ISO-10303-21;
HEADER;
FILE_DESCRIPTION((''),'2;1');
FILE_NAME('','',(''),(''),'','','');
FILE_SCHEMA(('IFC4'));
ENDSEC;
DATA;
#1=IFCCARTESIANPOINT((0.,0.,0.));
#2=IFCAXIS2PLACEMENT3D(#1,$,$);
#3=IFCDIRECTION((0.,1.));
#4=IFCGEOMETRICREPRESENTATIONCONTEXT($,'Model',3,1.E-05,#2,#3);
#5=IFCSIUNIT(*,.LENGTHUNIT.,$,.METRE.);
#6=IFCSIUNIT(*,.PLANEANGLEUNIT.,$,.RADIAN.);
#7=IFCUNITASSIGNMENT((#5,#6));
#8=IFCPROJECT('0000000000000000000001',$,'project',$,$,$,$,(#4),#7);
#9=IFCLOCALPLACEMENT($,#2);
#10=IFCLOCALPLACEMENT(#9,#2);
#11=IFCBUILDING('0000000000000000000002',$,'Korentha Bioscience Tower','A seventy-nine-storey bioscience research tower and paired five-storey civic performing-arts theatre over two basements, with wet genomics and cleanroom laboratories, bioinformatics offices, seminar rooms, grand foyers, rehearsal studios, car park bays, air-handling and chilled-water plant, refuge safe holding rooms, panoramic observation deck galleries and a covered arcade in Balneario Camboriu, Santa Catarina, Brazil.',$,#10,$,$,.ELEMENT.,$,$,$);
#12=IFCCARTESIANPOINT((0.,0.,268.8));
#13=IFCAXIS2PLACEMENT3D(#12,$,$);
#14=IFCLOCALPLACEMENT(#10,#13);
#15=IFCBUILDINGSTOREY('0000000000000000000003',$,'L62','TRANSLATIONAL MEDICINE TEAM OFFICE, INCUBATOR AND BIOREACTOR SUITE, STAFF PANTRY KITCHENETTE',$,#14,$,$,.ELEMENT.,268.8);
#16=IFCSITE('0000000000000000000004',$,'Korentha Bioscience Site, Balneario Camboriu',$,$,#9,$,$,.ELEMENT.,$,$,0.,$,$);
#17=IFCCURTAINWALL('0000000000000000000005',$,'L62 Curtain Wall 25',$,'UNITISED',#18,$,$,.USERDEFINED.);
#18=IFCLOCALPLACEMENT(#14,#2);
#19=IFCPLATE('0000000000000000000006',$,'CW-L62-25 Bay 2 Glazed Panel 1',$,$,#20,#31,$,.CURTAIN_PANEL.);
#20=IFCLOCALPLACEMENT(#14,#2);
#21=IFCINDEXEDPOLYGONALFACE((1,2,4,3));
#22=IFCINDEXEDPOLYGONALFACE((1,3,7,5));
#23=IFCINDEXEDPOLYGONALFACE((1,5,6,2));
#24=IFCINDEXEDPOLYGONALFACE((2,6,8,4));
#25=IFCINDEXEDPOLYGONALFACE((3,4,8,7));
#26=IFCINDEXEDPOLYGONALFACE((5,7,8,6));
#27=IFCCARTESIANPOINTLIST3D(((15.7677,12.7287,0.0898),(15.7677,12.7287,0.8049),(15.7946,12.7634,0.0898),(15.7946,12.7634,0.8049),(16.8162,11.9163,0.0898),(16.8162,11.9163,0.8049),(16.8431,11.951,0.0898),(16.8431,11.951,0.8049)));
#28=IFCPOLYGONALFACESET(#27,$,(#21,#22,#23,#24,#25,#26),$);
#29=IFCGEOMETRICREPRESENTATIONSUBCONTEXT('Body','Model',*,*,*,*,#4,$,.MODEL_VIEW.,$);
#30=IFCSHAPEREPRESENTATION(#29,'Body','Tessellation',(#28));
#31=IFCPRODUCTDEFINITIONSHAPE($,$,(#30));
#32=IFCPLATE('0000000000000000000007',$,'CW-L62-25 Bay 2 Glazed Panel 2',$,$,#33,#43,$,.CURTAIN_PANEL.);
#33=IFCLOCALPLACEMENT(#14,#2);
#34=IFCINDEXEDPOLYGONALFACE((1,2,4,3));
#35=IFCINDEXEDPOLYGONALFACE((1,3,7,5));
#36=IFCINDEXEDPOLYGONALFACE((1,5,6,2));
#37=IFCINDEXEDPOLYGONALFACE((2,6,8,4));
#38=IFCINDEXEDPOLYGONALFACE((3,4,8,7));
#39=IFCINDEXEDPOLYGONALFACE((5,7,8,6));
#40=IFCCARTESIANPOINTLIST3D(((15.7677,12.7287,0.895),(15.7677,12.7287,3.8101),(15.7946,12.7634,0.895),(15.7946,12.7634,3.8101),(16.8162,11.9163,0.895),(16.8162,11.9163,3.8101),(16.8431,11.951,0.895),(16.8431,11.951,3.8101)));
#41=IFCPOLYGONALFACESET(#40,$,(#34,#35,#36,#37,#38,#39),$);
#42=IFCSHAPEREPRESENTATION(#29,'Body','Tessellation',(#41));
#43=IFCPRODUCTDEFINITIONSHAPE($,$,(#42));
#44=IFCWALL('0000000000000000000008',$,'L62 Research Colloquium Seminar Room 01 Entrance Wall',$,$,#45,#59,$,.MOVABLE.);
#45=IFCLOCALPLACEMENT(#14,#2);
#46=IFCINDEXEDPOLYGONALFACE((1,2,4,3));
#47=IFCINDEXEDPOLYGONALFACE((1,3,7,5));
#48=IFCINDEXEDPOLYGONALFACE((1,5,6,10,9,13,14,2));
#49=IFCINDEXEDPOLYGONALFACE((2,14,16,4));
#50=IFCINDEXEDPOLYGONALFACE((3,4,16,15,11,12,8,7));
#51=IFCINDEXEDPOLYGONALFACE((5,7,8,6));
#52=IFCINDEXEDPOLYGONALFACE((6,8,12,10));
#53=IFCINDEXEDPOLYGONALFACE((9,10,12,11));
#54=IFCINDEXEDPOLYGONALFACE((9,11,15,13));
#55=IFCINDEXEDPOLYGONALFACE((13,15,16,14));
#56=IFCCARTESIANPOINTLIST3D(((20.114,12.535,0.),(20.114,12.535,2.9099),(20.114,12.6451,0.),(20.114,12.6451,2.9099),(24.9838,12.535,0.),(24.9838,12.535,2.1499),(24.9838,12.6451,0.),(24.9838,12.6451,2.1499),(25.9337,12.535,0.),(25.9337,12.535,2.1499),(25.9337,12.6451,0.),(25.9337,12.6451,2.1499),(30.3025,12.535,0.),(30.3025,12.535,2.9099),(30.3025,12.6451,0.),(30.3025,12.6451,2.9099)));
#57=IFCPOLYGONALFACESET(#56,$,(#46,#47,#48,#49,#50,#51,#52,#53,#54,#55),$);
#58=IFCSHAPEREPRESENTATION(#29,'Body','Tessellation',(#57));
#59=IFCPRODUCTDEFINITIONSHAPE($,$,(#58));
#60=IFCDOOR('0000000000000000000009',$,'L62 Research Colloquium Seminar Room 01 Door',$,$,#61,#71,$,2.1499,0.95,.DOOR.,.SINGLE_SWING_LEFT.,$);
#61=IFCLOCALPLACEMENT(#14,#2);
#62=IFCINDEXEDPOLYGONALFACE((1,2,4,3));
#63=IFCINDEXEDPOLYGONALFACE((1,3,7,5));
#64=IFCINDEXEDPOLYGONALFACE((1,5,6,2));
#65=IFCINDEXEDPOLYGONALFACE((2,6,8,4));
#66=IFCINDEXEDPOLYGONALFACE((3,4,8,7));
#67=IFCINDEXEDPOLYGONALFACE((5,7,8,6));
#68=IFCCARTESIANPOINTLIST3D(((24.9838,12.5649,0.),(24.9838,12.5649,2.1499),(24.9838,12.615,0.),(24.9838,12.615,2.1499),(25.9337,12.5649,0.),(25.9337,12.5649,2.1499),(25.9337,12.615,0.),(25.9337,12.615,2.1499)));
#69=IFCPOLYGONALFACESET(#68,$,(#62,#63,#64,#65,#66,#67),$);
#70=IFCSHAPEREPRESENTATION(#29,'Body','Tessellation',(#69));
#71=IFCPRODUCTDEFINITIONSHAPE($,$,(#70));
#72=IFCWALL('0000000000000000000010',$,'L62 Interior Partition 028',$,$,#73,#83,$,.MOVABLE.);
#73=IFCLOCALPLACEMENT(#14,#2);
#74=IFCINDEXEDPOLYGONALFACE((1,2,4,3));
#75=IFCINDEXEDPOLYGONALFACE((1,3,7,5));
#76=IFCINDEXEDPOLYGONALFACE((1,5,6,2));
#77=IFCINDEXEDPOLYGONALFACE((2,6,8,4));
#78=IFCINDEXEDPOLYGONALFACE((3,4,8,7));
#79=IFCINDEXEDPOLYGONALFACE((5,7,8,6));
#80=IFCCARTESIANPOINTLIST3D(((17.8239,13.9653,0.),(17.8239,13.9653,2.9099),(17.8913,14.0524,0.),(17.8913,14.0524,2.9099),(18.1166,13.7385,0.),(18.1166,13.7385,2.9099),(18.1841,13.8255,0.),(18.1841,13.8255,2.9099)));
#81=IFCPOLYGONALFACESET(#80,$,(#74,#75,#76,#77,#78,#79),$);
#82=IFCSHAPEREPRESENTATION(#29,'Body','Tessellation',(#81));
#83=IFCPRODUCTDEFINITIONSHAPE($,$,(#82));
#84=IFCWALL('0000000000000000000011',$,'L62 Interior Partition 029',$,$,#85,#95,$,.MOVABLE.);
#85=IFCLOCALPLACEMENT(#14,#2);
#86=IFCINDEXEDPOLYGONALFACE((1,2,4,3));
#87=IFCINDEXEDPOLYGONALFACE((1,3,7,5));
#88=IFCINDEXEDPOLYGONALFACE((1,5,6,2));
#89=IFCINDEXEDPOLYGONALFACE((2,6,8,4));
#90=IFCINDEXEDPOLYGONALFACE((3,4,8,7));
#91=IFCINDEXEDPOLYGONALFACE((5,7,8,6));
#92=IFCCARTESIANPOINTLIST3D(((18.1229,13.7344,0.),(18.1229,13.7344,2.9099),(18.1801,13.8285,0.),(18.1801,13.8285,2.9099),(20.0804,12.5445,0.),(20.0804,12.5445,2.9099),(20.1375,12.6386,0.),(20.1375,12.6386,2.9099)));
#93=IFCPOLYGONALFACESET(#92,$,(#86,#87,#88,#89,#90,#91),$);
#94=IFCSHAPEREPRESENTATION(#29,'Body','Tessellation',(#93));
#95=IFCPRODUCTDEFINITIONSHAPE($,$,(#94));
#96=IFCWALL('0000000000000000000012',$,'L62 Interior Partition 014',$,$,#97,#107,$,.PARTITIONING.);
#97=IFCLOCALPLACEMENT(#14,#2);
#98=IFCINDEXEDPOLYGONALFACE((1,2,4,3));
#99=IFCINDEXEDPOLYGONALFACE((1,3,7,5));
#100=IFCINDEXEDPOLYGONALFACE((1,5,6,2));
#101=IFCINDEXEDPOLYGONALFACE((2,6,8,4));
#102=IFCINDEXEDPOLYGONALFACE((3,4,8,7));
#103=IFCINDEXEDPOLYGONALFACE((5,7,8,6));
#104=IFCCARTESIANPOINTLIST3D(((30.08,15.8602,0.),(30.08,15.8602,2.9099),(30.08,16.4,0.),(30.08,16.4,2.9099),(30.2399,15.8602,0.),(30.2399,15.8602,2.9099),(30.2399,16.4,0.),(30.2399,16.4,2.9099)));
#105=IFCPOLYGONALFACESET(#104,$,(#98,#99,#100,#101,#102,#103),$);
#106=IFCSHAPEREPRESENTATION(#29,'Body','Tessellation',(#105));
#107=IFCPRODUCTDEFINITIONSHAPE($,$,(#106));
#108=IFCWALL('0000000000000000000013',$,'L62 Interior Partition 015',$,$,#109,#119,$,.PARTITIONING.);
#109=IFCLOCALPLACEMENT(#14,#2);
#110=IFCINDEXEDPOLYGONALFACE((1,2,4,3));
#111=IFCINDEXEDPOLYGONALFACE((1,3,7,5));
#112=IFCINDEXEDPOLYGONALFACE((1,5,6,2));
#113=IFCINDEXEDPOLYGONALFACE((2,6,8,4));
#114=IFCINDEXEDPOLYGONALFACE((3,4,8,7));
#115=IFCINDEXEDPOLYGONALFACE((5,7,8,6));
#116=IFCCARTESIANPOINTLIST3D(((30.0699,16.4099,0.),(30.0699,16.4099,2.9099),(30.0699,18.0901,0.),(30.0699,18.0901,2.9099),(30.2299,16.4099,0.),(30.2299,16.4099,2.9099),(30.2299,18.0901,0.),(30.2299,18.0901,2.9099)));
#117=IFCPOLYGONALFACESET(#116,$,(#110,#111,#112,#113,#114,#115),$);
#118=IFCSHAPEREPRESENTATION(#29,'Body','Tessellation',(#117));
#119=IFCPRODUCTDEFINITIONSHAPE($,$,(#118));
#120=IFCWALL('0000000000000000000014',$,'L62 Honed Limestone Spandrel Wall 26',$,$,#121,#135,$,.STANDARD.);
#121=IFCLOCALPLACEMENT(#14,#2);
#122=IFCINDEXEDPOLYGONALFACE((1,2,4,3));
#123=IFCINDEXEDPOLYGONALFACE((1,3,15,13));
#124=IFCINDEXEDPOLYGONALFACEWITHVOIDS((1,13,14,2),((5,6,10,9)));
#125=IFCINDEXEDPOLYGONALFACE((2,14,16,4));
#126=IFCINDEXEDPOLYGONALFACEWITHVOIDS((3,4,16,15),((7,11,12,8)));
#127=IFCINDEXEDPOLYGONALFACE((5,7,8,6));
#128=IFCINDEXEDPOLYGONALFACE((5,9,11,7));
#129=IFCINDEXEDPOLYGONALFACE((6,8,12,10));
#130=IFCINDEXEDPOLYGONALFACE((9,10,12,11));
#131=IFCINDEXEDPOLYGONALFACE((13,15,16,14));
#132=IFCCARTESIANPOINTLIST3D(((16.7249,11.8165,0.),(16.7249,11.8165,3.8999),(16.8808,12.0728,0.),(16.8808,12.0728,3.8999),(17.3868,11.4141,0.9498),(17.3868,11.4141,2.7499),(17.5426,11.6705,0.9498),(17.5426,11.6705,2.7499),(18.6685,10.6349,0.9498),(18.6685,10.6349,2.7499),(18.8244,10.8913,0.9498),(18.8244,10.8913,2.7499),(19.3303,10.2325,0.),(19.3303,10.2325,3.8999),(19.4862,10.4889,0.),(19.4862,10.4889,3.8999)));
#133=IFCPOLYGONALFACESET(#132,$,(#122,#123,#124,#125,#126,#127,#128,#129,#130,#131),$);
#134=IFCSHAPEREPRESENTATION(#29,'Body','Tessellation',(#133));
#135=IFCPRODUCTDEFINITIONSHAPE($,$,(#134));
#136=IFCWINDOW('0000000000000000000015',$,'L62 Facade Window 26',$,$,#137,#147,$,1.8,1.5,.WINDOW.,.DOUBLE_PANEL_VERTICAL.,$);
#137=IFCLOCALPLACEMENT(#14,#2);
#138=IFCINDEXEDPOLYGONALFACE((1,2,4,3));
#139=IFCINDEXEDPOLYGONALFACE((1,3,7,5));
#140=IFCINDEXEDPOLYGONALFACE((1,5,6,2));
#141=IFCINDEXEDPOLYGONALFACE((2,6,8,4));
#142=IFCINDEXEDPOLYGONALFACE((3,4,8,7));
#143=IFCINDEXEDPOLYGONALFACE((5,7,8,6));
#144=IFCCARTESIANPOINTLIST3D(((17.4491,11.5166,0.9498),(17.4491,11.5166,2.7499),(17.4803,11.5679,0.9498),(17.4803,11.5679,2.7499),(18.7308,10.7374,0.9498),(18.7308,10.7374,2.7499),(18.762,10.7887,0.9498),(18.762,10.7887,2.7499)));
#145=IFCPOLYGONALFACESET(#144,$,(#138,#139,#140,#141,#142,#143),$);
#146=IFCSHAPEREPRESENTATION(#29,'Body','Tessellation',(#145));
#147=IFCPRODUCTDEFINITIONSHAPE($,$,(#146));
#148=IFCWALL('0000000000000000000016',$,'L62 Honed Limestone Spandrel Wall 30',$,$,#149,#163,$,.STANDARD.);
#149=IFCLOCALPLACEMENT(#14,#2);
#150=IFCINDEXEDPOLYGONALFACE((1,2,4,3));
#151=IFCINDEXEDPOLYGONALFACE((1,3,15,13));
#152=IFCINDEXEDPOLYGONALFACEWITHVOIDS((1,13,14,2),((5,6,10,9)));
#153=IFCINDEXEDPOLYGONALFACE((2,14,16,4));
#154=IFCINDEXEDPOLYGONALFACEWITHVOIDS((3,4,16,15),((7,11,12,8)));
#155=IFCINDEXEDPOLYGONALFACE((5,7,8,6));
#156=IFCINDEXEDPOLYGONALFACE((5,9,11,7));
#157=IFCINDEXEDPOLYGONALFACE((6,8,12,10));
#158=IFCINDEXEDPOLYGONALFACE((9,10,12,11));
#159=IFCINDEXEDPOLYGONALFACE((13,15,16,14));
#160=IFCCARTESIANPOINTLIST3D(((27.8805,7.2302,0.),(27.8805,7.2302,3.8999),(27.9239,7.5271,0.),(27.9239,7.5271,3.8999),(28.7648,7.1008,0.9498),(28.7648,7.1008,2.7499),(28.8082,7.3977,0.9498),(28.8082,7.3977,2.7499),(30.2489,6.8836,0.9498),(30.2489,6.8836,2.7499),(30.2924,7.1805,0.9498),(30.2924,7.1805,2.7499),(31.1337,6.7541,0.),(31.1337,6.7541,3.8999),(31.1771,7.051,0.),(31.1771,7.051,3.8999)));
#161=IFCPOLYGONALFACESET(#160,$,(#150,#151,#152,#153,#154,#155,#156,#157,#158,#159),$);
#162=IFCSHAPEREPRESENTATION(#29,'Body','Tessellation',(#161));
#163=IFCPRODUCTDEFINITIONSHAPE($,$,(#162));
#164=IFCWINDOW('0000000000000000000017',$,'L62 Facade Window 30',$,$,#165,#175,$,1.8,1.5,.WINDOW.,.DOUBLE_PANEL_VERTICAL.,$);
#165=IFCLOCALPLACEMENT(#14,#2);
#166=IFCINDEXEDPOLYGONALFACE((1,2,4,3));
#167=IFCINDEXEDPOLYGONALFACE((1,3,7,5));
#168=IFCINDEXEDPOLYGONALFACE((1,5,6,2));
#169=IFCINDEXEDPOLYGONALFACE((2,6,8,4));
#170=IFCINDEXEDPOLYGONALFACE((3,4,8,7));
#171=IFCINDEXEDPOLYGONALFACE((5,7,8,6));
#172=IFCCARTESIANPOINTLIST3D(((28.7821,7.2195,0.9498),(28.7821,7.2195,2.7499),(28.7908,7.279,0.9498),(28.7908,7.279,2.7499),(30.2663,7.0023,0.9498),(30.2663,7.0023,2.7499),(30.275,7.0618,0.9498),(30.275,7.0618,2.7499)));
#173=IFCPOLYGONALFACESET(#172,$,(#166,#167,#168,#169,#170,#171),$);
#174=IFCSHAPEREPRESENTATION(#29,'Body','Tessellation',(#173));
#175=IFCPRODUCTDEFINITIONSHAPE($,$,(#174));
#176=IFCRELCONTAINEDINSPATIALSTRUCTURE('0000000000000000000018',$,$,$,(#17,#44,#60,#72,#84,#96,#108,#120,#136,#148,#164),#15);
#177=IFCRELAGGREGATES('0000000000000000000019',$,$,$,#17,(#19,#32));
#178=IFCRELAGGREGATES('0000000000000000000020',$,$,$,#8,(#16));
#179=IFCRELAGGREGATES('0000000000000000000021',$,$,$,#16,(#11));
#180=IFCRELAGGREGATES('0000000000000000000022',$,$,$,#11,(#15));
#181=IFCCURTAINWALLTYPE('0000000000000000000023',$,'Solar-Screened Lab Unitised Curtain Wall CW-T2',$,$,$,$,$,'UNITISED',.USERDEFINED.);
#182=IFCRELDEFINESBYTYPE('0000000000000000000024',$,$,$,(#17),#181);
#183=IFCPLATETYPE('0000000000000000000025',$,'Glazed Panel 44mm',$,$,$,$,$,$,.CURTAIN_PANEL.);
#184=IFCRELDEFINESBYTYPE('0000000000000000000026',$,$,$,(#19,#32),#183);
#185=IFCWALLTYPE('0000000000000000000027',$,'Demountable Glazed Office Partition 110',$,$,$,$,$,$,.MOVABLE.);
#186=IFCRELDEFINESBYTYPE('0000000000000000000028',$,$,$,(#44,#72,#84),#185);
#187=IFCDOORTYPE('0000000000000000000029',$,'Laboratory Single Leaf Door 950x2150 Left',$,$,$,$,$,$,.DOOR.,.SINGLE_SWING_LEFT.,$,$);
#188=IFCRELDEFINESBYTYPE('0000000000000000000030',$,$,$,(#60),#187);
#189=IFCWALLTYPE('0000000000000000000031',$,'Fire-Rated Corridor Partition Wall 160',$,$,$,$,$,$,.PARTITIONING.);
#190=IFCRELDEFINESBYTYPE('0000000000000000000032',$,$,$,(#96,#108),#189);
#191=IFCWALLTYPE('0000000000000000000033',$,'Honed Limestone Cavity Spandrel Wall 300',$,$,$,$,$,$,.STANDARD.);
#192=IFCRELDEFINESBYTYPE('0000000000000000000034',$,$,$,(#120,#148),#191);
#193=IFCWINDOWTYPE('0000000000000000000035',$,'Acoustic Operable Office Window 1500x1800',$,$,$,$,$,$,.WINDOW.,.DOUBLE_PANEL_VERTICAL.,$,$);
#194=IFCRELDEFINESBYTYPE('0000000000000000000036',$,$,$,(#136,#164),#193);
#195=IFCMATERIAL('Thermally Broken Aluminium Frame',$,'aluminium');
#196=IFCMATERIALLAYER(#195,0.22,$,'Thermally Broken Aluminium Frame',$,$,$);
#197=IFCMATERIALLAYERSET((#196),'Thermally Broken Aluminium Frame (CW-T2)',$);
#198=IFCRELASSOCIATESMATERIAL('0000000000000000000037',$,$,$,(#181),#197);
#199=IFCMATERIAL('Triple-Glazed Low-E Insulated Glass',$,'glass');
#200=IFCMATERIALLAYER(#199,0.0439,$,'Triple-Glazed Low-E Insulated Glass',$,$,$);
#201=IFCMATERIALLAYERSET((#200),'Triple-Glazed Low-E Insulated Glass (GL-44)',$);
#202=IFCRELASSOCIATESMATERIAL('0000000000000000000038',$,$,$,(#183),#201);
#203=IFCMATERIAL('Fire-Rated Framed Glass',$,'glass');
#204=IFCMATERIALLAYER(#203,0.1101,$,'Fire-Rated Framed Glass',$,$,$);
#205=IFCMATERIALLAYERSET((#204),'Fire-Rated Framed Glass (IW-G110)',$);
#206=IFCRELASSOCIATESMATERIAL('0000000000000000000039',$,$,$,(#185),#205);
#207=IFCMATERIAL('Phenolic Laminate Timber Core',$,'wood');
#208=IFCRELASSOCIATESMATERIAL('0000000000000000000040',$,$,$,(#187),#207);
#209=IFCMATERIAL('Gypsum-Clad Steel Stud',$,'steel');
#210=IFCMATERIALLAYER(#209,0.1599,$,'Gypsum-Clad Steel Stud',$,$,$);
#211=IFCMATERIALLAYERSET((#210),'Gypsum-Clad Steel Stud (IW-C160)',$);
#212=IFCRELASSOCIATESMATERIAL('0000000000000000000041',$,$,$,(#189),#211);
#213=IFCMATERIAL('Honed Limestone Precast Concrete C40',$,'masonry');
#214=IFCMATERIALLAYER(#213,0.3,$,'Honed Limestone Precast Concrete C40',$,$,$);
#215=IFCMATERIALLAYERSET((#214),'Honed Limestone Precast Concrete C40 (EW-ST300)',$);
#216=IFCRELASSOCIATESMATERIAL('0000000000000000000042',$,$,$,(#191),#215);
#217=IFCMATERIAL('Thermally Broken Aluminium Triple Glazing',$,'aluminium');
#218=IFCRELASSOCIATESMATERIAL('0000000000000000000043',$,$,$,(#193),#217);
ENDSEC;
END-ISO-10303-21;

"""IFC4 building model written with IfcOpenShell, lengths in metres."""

from ifc_helpers import new_model, si_unit, direction, frame, frame_2d, origin, origin_2d, place, context, subcontext, project, spatial, rectangle, extrude, material, layer, layer_set, type_object, element, fill, aggregate, save


model = new_model("IFC4")

# Units and contexts
model_context = context("Model", 3, precision=1e-05, world=origin(), true_north=direction((0.0, 1.0)))
body_context = subcontext(model_context, "Body", "Model", "MODEL_VIEW")
ifc_project = project(units=[si_unit("LENGTHUNIT", "METRE"), si_unit("PLANEANGLEUNIT", "RADIAN")], contexts=[model_context])

# Site, building, storey
site_placement = place(None, origin())
site = spatial("IfcSite", under=ifc_project, at=site_placement, Name="Korentha Bioscience Site, Balneario Camboriu", CompositionType="ELEMENT", RefElevation=0.0)
building_placement = place(site_placement, origin())
building = spatial("IfcBuilding", under=site, at=building_placement, Name="Korentha Bioscience Tower", Description="A seventy-nine-storey bioscience research tower and paired five-storey civic performing-arts theatre over two basements, with wet genomics and cleanroom laboratories, bioinformatics offices, seminar rooms, grand foyers, rehearsal studios, car park bays, air-handling and chilled-water plant, refuge safe holding rooms, panoramic observation deck galleries and a covered arcade in Balneario Camboriu, Santa Catarina, Brazil.", CompositionType="ELEMENT")
storey_placement = place(building_placement, frame((0.0, 0.0, 268.8)))
storey = spatial("IfcBuildingStorey", under=building, at=storey_placement, Name="L62", Description="TRANSLATIONAL MEDICINE TEAM OFFICE, INCUBATOR AND BIOREACTOR SUITE, STAFF PANTRY KITCHENETTE", CompositionType="ELEMENT", Elevation=268.8)

# Curtain wall
ifc_material_1 = material(Name="Thermally Broken Aluminium Frame", Category="aluminium")
ifc_layer_1 = layer(ifc_material_1, 0.22, Name="Thermally Broken Aluminium Frame")
ifc_layer_set_1 = layer_set([ifc_layer_1], Name="Thermally Broken Aluminium Frame (CW-T2)")
curtain_wall_type = type_object("IfcCurtainWallType", Name="Solar-Screened Lab Unitised Curtain Wall CW-T2", ElementType="UNITISED", PredefinedType="USERDEFINED", material=ifc_layer_set_1)
curtain_wall_placement = place(storey_placement, origin())
curtain_wall = element("IfcCurtainWall", 1, at=curtain_wall_placement, inside=storey, type_object=curtain_wall_type, Name="L62 Curtain Wall 25", ObjectType="UNITISED", PredefinedType="USERDEFINED")

# Plates
ifc_material_2 = material(Name="Triple-Glazed Low-E Insulated Glass", Category="glass")
ifc_layer_2 = layer(ifc_material_2, 0.0439, Name="Triple-Glazed Low-E Insulated Glass")
ifc_layer_set_2 = layer_set([ifc_layer_2], Name="Triple-Glazed Low-E Insulated Glass (GL-44)")
plate_type = type_object("IfcPlateType", Name="Glazed Panel 44mm", PredefinedType="CURTAIN_PANEL", material=ifc_layer_set_2)
plate_1_placement = place(storey_placement, frame((16.3054, 12.3398, 0.0898), z_axis=(0.0, 0.0, 1.0), x_axis=(0.790488, -0.612478, 0.0)))
plate_1 = element("IfcPlate", 2, at=plate_1_placement, type_object=plate_type, Name="CW-L62-25 Bay 2 Glazed Panel 1", PredefinedType="CURTAIN_PANEL", context=body_context, shape_type="SweptSolid", body=[
    extrude(rectangle(XDim=1.3264, YDim=0.0439, at=origin_2d()), origin(), (0.0, 0.0, 1.0), 0.7151),
])
plate_2_placement = place(storey_placement, frame((16.3054, 12.3398, 0.895), z_axis=(0.0, 0.0, 1.0), x_axis=(0.790488, -0.612478, 0.0)))
plate_2 = element("IfcPlate", 3, at=plate_2_placement, type_object=plate_type, Name="CW-L62-25 Bay 2 Glazed Panel 2", PredefinedType="CURTAIN_PANEL", context=body_context, shape_type="SweptSolid", body=[
    extrude(rectangle(XDim=1.3264, YDim=0.0439, at=origin_2d()), origin(), (0.0, 0.0, 1.0), 2.915),
])
aggregate(curtain_wall, [plate_1, plate_2])

# Wall, opening, door
ifc_material_3 = material(Name="Fire-Rated Framed Glass", Category="glass")
ifc_layer_3 = layer(ifc_material_3, 0.1101, Name="Fire-Rated Framed Glass")
ifc_layer_set_3 = layer_set([ifc_layer_3], Name="Fire-Rated Framed Glass (IW-G110)")
wall_type_1 = type_object("IfcWallType", Name="Demountable Glazed Office Partition 110", PredefinedType="MOVABLE", material=ifc_layer_set_3)
wall_1_placement = place(storey_placement, frame((20.114, 12.5901, 0.0), z_axis=(0.0, 0.0, 1.0), x_axis=(1.0, 0.0, 0.0)))
wall_1 = element("IfcWall", 4, at=wall_1_placement, inside=storey, type_object=wall_type_1, Name="L62 Research Colloquium Seminar Room 01 Entrance Wall", PredefinedType="MOVABLE", context=body_context, shape_type="SweptSolid", body=[
    extrude(rectangle(XDim=10.1885, YDim=0.1101, at=frame_2d((5.0942, 0.0))), origin(), (0.0, 0.0, 1.0), 2.9099),
])
opening_1_placement = place(wall_1_placement, frame((4.8696, 0.0, 0.0)))
opening_1 = element("IfcOpeningElement", 5, at=opening_1_placement, cuts=wall_1, PredefinedType="OPENING", context=body_context, shape_type="SweptSolid", body=[
    extrude(rectangle(XDim=0.95, YDim=2.1499, at=frame_2d((0.4751, 1.075))), frame((0.0, 0.0698, 0.0), z_axis=(0.0, -1.0, 0.0), x_axis=(1.0, 0.0, 0.0)), (0.0, 0.0, 1.0), 0.1399),
])
ifc_material_4 = material(Name="Phenolic Laminate Timber Core", Category="wood")
door_type = type_object("IfcDoorType", Name="Laboratory Single Leaf Door 950x2150 Left", OperationType="SINGLE_SWING_LEFT", PredefinedType="DOOR", material=ifc_material_4)
door_placement = place(opening_1_placement, origin())
door = element("IfcDoor", 6, at=door_placement, inside=storey, type_object=door_type, Name="L62 Research Colloquium Seminar Room 01 Door", OperationType="SINGLE_SWING_LEFT", OverallHeight=2.1499, OverallWidth=0.95, PredefinedType="DOOR", context=body_context, shape_type="SweptSolid", body=[
    extrude(rectangle(XDim=0.95, YDim=2.1499, at=frame_2d((0.4751, 1.075))), frame((0.0, 0.0249, 0.0), z_axis=(0.0, -1.0, 0.0), x_axis=(1.0, 0.0, 0.0)), (0.0, 0.0, 1.0), 0.05),
])
fill(opening_1, door)

# Walls
wall_2_placement = place(storey_placement, frame((17.8577, 14.0088, 0.0), z_axis=(0.0, 0.0, 1.0), x_axis=(0.790487, -0.612479, 0.0)))
element("IfcWall", 7, at=wall_2_placement, inside=storey, type_object=wall_type_1, Name="L62 Interior Partition 028", PredefinedType="MOVABLE", context=body_context, shape_type="SweptSolid", body=[
    extrude(rectangle(XDim=0.3704, YDim=0.1101, at=frame_2d((0.1851, 0.0))), origin(), (0.0, 0.0, 1.0), 2.9099),
])
wall_3_placement = place(storey_placement, frame((18.1514, 13.7815, 0.0), z_axis=(0.0, 0.0, 1.0), x_axis=(0.854507, -0.51944, 0.0)))
element("IfcWall", 8, at=wall_3_placement, inside=storey, type_object=wall_type_1, Name="L62 Interior Partition 029", PredefinedType="MOVABLE", context=body_context, shape_type="SweptSolid", body=[
    extrude(rectangle(XDim=2.2908, YDim=0.1101, at=frame_2d((1.1455, 0.0))), origin(), (0.0, 0.0, 1.0), 2.9099),
])
ifc_material_5 = material(Name="Gypsum-Clad Steel Stud", Category="steel")
ifc_layer_4 = layer(ifc_material_5, 0.1599, Name="Gypsum-Clad Steel Stud")
ifc_layer_set_4 = layer_set([ifc_layer_4], Name="Gypsum-Clad Steel Stud (IW-C160)")
wall_type_2 = type_object("IfcWallType", Name="Fire-Rated Corridor Partition Wall 160", PredefinedType="PARTITIONING", material=ifc_layer_set_4)
wall_4_placement = place(storey_placement, frame((30.1599, 15.8601, 0.0), z_axis=(0.0, 0.0, 1.0), x_axis=(0.0, 1.0, 0.0)))
element("IfcWall", 9, at=wall_4_placement, inside=storey, type_object=wall_type_2, Name="L62 Interior Partition 014", PredefinedType="PARTITIONING", context=body_context, shape_type="SweptSolid", body=[
    extrude(rectangle(XDim=0.5398, YDim=0.1599, at=frame_2d((0.27, 0.0))), origin(), (0.0, 0.0, 1.0), 2.9099),
])
wall_5_placement = place(storey_placement, frame((30.1499, 16.4099, 0.0), z_axis=(0.0, 0.0, 1.0), x_axis=(0.0, 1.0, 0.0)))
element("IfcWall", 10, at=wall_5_placement, inside=storey, type_object=wall_type_2, Name="L62 Interior Partition 015", PredefinedType="PARTITIONING", context=body_context, shape_type="SweptSolid", body=[
    extrude(rectangle(XDim=1.6802, YDim=0.1599, at=frame_2d((0.8401, 0.0))), origin(), (0.0, 0.0, 1.0), 2.9099),
])

# Walls, openings, windows
ifc_material_6 = material(Name="Honed Limestone Precast Concrete C40", Category="masonry")
ifc_layer_5 = layer(ifc_material_6, 0.3, Name="Honed Limestone Precast Concrete C40")
ifc_layer_set_5 = layer_set([ifc_layer_5], Name="Honed Limestone Precast Concrete C40 (EW-ST300)")
wall_type_3 = type_object("IfcWallType", Name="Honed Limestone Cavity Spandrel Wall 300", PredefinedType="STANDARD", material=ifc_layer_set_5)
wall_6_placement = place(storey_placement, frame((16.803, 11.9446, 0.0), z_axis=(0.0, 0.0, 1.0), x_axis=(0.854483, -0.519479, 0.0)))
wall_6 = element("IfcWall", 11, at=wall_6_placement, inside=storey, type_object=wall_type_3, Name="L62 Honed Limestone Spandrel Wall 26", PredefinedType="STANDARD", context=body_context, shape_type="SweptSolid", body=[
    extrude(rectangle(XDim=3.0491, YDim=0.3, at=frame_2d((1.5244, 0.0))), origin(), (0.0, 0.0, 1.0), 3.8999),
])
opening_2_placement = place(wall_6_placement, frame((0.7744, 0.0, 0.95)))
opening_2 = element("IfcOpeningElement", 12, at=opening_2_placement, cuts=wall_6, PredefinedType="OPENING", context=body_context, shape_type="SweptSolid", body=[
    extrude(rectangle(XDim=1.5, YDim=1.8, at=frame_2d((0.75, 0.8999))), frame((0.0, 0.165, 0.0), z_axis=(0.0, -1.0, 0.0), x_axis=(1.0, 0.0, 0.0)), (0.0, 0.0, 1.0), 0.3298),
])
ifc_material_7 = material(Name="Thermally Broken Aluminium Triple Glazing", Category="aluminium")
window_type = type_object("IfcWindowType", Name="Acoustic Operable Office Window 1500x1800", PartitioningType="DOUBLE_PANEL_VERTICAL", PredefinedType="WINDOW", material=ifc_material_7)
window_1_placement = place(opening_2_placement, origin())
window_1 = element("IfcWindow", 13, at=window_1_placement, inside=storey, type_object=window_type, Name="L62 Facade Window 26", OverallHeight=1.8, OverallWidth=1.5, PartitioningType="DOUBLE_PANEL_VERTICAL", PredefinedType="WINDOW", context=body_context, shape_type="SweptSolid", body=[
    extrude(rectangle(XDim=1.5, YDim=1.8, at=frame_2d((0.75, 0.8999))), frame((0.0, 0.03, 0.0), z_axis=(0.0, -1.0, 0.0), x_axis=(1.0, 0.0, 0.0)), (0.0, 0.0, 1.0), 0.0601),
])
fill(opening_2, window_1)
wall_7_placement = place(storey_placement, frame((27.9021, 7.3787, 0.0), z_axis=(0.0, 0.0, 1.0), x_axis=(0.989461, -0.144799, 0.0)))
wall_7 = element("IfcWall", 14, at=wall_7_placement, inside=storey, type_object=wall_type_3, Name="L62 Honed Limestone Spandrel Wall 30", PredefinedType="STANDARD", context=body_context, shape_type="SweptSolid", body=[
    extrude(rectangle(XDim=3.2878, YDim=0.3, at=frame_2d((1.644, 0.0))), origin(), (0.0, 0.0, 1.0), 3.8999),
])
opening_3_placement = place(wall_7_placement, frame((0.8938, 0.0, 0.95)))
opening_3 = element("IfcOpeningElement", 15, at=opening_3_placement, cuts=wall_7, PredefinedType="OPENING", context=body_context, shape_type="SweptSolid", body=[
    extrude(rectangle(XDim=1.5, YDim=1.8, at=frame_2d((0.75, 0.8999))), frame((0.0, 0.165, 0.0), z_axis=(0.0, -1.0, 0.0), x_axis=(1.0, 0.0, 0.0)), (0.0, 0.0, 1.0), 0.3298),
])
window_2_placement = place(opening_3_placement, origin())
window_2 = element("IfcWindow", 16, at=window_2_placement, inside=storey, type_object=window_type, Name="L62 Facade Window 30", OverallHeight=1.8, OverallWidth=1.5, PartitioningType="DOUBLE_PANEL_VERTICAL", PredefinedType="WINDOW", context=body_context, shape_type="SweptSolid", body=[
    extrude(rectangle(XDim=1.5, YDim=1.8, at=frame_2d((0.75, 0.8999))), frame((0.0, 0.03, 0.0), z_axis=(0.0, -1.0, 0.0), x_axis=(1.0, 0.0, 0.0)), (0.0, 0.0, 1.0), 0.0601),
])
fill(opening_3, window_2)

save(model, "model.ifc")
